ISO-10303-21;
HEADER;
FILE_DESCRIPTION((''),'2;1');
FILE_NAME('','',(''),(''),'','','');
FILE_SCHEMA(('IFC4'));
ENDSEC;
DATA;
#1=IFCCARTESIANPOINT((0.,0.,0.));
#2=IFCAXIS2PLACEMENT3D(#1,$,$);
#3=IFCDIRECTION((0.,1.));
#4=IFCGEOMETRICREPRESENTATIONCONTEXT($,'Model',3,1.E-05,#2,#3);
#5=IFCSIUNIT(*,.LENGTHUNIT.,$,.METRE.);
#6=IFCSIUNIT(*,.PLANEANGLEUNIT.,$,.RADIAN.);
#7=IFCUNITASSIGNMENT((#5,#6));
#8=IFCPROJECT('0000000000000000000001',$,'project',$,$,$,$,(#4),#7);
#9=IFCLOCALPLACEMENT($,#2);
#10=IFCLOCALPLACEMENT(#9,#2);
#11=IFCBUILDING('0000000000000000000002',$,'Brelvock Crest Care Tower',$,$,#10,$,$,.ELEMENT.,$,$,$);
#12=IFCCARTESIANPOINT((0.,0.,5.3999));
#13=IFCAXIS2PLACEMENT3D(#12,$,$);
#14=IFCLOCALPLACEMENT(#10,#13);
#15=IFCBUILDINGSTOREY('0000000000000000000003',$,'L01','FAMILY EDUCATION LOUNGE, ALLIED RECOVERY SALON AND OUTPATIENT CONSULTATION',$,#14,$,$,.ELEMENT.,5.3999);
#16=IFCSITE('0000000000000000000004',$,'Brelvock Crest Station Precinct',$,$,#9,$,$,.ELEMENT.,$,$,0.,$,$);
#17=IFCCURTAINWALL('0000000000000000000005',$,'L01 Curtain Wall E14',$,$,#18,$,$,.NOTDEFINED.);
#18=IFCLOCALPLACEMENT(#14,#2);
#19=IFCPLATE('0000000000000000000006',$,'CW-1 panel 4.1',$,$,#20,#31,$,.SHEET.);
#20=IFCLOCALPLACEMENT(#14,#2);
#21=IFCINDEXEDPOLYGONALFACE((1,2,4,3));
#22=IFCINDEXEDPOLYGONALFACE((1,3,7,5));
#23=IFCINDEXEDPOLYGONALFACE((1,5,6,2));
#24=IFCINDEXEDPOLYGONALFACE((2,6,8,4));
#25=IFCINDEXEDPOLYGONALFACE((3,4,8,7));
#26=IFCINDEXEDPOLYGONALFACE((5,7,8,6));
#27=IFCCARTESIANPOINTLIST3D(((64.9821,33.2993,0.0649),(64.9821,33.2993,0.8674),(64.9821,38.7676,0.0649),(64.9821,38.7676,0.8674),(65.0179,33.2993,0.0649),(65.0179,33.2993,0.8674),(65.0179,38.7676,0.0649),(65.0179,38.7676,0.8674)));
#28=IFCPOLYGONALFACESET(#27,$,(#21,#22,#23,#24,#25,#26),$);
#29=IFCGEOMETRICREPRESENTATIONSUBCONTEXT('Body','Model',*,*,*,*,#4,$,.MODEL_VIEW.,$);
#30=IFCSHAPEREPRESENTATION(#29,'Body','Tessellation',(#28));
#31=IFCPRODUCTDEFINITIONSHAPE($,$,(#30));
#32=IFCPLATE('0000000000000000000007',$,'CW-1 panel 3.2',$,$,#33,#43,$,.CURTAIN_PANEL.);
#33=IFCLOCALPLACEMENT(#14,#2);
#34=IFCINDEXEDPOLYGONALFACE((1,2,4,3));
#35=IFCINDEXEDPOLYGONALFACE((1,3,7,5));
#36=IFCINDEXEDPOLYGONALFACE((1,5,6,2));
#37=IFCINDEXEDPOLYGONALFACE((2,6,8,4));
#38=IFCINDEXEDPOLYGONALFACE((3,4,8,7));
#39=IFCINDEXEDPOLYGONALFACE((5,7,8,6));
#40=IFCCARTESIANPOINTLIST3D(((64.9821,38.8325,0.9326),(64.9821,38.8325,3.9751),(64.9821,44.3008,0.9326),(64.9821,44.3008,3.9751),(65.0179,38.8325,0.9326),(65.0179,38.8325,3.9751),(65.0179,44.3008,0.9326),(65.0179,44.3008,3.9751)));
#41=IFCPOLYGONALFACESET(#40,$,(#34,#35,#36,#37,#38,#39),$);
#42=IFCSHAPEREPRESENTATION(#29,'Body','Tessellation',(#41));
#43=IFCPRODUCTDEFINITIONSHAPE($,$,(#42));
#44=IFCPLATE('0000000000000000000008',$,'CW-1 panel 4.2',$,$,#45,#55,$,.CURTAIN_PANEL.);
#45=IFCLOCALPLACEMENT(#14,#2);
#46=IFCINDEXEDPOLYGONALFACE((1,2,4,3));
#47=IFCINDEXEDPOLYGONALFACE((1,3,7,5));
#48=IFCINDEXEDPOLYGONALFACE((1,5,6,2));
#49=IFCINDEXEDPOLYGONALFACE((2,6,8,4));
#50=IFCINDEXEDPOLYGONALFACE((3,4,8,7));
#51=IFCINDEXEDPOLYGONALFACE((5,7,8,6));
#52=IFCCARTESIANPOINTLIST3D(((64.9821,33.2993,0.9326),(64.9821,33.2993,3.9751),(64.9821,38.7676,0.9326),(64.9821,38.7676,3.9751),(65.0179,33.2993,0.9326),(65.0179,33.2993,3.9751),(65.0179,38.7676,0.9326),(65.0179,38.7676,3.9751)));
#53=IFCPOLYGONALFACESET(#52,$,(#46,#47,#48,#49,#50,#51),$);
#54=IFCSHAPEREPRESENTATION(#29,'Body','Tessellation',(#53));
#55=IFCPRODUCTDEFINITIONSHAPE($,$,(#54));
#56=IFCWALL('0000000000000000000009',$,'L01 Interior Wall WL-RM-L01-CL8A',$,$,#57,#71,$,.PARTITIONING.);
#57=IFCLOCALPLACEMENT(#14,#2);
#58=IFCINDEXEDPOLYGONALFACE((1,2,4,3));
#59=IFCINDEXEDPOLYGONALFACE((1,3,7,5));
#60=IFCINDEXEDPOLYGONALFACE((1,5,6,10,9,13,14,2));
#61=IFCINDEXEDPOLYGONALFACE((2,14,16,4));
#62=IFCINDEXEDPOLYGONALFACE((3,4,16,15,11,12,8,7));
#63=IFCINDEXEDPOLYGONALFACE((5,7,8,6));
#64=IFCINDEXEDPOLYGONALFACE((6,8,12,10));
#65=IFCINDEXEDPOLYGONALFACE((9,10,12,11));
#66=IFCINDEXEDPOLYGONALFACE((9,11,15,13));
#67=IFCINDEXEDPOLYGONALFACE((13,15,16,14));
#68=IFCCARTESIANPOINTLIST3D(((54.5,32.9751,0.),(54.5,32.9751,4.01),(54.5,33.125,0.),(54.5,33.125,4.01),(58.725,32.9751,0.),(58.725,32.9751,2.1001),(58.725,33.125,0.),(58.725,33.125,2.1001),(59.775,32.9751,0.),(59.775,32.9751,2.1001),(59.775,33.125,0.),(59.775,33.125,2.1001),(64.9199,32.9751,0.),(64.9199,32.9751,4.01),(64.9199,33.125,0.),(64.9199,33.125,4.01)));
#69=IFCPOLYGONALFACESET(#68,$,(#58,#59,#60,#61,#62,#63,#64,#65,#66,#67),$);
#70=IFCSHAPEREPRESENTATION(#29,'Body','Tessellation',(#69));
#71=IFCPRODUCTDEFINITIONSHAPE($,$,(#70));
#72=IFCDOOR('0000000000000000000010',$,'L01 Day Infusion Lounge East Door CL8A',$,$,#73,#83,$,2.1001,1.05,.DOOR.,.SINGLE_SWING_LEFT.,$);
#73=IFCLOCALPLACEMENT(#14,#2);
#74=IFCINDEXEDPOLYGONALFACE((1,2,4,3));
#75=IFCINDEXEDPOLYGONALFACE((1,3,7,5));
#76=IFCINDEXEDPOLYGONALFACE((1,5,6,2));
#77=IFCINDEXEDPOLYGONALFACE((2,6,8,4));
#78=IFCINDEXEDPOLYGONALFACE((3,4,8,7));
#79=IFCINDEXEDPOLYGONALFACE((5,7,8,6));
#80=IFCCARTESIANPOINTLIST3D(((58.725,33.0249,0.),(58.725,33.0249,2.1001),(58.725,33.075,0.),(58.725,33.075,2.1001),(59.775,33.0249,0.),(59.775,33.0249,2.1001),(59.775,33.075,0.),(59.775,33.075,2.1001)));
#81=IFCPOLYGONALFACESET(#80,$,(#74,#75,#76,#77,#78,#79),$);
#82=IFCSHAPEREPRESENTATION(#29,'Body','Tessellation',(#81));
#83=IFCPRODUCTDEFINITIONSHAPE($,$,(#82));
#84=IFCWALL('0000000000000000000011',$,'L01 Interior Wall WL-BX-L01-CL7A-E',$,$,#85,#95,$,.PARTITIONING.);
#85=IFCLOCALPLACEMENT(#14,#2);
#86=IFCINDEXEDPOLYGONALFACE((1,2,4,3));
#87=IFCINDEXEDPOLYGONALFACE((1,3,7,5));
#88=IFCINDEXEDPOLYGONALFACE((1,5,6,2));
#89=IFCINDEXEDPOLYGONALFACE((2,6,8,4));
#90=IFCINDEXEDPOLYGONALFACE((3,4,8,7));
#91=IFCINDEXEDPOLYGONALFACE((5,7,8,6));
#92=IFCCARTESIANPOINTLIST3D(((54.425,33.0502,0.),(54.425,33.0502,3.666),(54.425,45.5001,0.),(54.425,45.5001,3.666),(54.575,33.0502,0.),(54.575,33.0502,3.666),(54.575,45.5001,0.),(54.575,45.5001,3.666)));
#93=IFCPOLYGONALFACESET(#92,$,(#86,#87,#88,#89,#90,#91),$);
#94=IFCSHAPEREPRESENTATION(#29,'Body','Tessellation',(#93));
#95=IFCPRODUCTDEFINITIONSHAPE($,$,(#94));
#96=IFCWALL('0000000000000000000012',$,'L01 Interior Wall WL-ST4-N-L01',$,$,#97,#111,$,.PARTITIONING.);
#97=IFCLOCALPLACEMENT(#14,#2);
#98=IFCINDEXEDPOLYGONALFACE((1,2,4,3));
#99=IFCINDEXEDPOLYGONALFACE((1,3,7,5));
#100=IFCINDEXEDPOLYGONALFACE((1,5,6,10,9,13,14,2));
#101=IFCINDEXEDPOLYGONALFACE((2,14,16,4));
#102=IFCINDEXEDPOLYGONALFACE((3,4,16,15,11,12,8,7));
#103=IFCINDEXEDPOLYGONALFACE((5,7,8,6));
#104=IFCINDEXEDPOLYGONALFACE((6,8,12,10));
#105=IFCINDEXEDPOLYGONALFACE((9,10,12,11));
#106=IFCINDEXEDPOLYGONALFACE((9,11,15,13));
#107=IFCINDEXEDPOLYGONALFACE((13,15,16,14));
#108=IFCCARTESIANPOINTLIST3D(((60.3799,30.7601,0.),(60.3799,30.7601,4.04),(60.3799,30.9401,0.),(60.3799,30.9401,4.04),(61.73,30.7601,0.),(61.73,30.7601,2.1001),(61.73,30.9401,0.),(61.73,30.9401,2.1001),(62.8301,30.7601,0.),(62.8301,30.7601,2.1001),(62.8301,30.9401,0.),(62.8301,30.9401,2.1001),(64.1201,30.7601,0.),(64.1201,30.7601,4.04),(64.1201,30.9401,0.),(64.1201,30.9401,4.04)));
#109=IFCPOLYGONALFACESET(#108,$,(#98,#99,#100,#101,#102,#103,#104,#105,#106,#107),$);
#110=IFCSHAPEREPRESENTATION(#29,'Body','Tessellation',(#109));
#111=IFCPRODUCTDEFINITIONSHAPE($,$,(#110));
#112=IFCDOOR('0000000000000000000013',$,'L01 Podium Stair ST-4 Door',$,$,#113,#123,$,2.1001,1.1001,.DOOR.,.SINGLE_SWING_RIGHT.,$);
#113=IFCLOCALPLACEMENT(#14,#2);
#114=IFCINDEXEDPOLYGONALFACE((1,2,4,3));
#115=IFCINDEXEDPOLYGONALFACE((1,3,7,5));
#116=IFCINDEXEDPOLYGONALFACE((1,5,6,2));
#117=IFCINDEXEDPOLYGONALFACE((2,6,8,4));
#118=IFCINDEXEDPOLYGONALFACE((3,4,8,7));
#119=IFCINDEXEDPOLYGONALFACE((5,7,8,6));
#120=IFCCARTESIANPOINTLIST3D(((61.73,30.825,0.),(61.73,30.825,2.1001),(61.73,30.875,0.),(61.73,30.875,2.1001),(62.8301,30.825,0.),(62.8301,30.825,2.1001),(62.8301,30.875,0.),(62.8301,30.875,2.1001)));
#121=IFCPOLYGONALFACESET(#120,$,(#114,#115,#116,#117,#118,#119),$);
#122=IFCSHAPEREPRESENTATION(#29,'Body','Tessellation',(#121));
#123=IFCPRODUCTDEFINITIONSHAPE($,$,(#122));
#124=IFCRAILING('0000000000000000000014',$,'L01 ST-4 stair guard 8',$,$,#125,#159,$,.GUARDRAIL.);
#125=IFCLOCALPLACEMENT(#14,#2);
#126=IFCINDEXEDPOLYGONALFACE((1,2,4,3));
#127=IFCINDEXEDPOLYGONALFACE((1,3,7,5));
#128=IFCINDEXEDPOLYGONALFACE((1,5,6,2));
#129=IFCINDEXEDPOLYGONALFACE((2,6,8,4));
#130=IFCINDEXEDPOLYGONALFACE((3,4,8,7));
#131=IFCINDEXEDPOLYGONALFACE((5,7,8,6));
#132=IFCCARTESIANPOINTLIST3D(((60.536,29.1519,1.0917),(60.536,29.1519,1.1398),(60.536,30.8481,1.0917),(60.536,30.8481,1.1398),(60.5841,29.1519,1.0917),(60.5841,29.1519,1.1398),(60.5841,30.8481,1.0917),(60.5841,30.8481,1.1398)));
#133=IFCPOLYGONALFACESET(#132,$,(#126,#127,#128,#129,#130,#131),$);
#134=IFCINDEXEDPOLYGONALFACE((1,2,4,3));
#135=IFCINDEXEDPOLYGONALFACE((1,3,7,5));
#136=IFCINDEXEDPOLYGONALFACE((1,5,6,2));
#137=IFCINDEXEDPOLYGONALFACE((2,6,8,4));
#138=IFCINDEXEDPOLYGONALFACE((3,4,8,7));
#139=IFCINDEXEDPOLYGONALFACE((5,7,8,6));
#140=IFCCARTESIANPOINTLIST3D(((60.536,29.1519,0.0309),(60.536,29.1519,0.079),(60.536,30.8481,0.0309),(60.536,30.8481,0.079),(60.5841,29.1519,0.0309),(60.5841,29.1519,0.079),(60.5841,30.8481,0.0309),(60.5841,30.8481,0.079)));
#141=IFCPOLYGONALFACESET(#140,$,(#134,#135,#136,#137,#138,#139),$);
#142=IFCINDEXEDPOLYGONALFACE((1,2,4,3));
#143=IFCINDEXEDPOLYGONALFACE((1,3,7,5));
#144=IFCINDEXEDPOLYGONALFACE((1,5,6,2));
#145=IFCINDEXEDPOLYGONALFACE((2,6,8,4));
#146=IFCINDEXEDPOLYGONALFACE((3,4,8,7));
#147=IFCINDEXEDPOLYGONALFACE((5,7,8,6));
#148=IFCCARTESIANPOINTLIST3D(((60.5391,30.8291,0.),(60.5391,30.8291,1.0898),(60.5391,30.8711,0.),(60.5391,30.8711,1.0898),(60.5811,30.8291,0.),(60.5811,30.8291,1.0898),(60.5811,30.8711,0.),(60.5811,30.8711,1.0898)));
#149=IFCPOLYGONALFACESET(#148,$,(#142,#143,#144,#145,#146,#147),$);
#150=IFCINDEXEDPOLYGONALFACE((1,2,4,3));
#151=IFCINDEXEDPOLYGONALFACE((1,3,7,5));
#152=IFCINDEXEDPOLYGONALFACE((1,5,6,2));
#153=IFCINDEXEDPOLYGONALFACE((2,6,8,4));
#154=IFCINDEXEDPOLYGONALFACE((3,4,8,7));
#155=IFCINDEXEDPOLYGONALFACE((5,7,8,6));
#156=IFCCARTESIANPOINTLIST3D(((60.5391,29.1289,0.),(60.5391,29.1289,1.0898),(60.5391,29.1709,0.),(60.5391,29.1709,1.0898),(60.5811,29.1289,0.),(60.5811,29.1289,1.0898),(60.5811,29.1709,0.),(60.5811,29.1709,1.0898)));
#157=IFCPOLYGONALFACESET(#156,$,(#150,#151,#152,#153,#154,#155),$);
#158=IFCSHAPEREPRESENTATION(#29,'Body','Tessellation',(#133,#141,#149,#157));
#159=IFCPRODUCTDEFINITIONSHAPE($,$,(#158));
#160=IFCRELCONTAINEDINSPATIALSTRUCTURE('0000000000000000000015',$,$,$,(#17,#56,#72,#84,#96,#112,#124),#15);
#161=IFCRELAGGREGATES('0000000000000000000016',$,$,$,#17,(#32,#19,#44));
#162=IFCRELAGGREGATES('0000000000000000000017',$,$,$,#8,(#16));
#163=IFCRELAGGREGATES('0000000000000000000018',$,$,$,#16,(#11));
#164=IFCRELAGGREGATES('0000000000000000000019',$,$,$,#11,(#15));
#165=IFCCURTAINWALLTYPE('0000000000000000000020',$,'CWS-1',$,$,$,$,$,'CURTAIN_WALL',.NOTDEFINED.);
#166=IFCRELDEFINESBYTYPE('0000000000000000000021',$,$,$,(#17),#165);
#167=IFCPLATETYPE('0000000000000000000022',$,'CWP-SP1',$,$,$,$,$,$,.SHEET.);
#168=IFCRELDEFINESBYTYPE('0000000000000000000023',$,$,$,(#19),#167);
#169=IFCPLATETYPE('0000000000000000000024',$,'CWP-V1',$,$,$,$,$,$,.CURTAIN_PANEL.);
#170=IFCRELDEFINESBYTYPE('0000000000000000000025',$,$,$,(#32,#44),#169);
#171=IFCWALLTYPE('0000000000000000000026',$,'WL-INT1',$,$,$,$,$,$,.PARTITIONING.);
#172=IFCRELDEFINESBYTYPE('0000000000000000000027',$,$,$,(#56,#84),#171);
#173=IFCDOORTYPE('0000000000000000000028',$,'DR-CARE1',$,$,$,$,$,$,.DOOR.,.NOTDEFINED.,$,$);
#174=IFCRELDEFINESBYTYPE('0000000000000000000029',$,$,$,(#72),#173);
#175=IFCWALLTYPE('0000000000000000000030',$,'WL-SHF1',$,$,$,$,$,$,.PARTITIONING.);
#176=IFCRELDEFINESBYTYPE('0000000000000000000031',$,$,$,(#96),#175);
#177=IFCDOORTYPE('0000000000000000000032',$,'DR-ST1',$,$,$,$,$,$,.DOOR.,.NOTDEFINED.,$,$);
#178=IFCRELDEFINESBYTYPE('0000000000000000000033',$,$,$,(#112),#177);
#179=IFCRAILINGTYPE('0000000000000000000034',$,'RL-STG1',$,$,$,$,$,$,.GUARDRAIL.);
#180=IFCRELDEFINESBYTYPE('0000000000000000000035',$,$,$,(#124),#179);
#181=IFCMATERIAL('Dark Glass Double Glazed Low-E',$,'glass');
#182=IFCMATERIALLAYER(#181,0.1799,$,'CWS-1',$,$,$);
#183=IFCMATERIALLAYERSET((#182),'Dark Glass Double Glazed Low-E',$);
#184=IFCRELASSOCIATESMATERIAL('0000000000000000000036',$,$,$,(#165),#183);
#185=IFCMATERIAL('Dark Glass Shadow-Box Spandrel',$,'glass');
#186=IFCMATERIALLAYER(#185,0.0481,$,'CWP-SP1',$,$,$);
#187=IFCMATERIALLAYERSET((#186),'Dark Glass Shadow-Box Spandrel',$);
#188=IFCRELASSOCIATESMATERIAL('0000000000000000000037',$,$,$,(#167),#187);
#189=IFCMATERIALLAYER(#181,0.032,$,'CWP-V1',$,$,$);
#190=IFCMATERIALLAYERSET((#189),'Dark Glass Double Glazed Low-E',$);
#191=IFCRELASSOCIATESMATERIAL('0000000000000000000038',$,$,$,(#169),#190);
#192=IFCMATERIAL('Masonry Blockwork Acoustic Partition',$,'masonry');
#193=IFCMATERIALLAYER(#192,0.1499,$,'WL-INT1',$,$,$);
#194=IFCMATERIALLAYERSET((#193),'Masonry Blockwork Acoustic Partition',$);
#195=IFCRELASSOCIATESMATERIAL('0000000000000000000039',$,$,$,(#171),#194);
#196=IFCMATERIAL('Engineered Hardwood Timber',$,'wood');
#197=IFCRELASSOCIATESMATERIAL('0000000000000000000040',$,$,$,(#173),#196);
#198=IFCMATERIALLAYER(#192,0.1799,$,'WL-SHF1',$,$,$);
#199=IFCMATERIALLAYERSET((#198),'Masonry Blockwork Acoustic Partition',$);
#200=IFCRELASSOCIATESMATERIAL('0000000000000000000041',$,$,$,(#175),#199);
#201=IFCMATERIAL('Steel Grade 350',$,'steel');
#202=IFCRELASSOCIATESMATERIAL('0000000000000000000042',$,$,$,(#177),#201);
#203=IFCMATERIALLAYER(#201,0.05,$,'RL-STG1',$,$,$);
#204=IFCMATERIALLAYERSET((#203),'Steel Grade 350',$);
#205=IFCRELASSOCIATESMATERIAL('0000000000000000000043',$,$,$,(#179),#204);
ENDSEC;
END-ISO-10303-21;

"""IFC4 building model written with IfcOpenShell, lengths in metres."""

from ifc_helpers import new_model, si_unit, direction, frame, frame_2d, origin, origin_2d, place, context, subcontext, project, spatial, rectangle, extrude, source, transform, mapped, material, layer, layer_set, type_object, element, fill, aggregate, save


model = new_model("IFC4")

# Units and contexts
model_context = context("Model", 3, precision=1e-05, world=origin(), true_north=direction((0.0, 1.0)))
body_context = subcontext(model_context, "Body", "Model", "MODEL_VIEW")
ifc_project = project(units=[si_unit("LENGTHUNIT", "METRE"), si_unit("PLANEANGLEUNIT", "RADIAN")], contexts=[model_context])

# Site, building, storey
site_placement = place(None, origin())
site = spatial("IfcSite", under=ifc_project, at=site_placement, Name="Brelvock Crest Station Precinct", CompositionType="ELEMENT", RefElevation=0.0)
building_placement = place(site_placement, origin())
building = spatial("IfcBuilding", under=site, at=building_placement, Name="Brelvock Crest Care Tower", CompositionType="ELEMENT")
storey_placement = place(building_placement, frame((0.0, 0.0, 5.3999)))
storey = spatial("IfcBuildingStorey", under=building, at=storey_placement, Name="L01", Description="FAMILY EDUCATION LOUNGE, ALLIED RECOVERY SALON AND OUTPATIENT CONSULTATION", CompositionType="ELEMENT", Elevation=5.3999)

# Shared definitions
ifc_material_1 = material(Name="Steel Grade 350", Category="steel")

# Curtain wall, plates
ifc_material_2 = material(Name="Dark Glass Double Glazed Low-E", Category="glass")
ifc_layer_1 = layer(ifc_material_2, 0.1799, Name="CWS-1")
ifc_layer_set_1 = layer_set([ifc_layer_1], Name="Dark Glass Double Glazed Low-E")
curtain_wall_type = type_object("IfcCurtainWallType", Name="CWS-1", ElementType="CURTAIN_WALL", PredefinedType="NOTDEFINED", material=ifc_layer_set_1)
curtain_wall_placement = place(storey_placement, origin())
curtain_wall = element("IfcCurtainWall", 1, at=curtain_wall_placement, inside=storey, type_object=curtain_wall_type, Name="L01 Curtain Wall E14", PredefinedType="NOTDEFINED")
ifc_material_3 = material(Name="Dark Glass Shadow-Box Spandrel", Category="glass")
ifc_layer_2 = layer(ifc_material_3, 0.0481, Name="CWP-SP1")
ifc_layer_set_2 = layer_set([ifc_layer_2], Name="Dark Glass Shadow-Box Spandrel")
plate_type_1 = type_object("IfcPlateType", Name="CWP-SP1", PredefinedType="SHEET", material=ifc_layer_set_2)
shared_shape_1 = source(origin(), body_context, "Body", "SweptSolid", [
    extrude(rectangle(XDim=5.4683, YDim=0.0359, at=origin_2d()), origin(), (0.0, 0.0, 1.0), 0.8025),
])
plate_1_placement = place(storey_placement, frame((65.0, 36.0334, 0.0649), z_axis=(0.0, 0.0, 1.0), x_axis=(0.0, -1.0, 0.0)))
plate_1 = element("IfcPlate", 2, at=plate_1_placement, type_object=plate_type_1, Name="CW-1 panel 4.1", PredefinedType="SHEET", context=body_context, shape_type="MappedRepresentation", body=[
    mapped(shared_shape_1, transform((0.0, 0.0, 0.0), x_axis=(1.0, 0.0, 0.0), y_axis=(0.0, 1.0, 0.0), z_axis=(0.0, 0.0, 1.0), scale=1.0)),
])
ifc_layer_3 = layer(ifc_material_2, 0.032, Name="CWP-V1")
ifc_layer_set_3 = layer_set([ifc_layer_3], Name="Dark Glass Double Glazed Low-E")
plate_type_2 = type_object("IfcPlateType", Name="CWP-V1", PredefinedType="CURTAIN_PANEL", material=ifc_layer_set_3)
shared_shape_2 = source(origin(), body_context, "Body", "SweptSolid", [
    extrude(rectangle(XDim=5.4683, YDim=0.0359, at=origin_2d()), origin(), (0.0, 0.0, 1.0), 3.0425),
])
plate_2_placement = place(storey_placement, frame((65.0, 41.5667, 0.9326), z_axis=(0.0, 0.0, 1.0), x_axis=(0.0, -1.0, 0.0)))
plate_2 = element("IfcPlate", 3, at=plate_2_placement, type_object=plate_type_2, Name="CW-1 panel 3.2", PredefinedType="CURTAIN_PANEL", context=body_context, shape_type="MappedRepresentation", body=[
    mapped(shared_shape_2, transform((0.0, 0.0, 0.0), x_axis=(1.0, 0.0, 0.0), y_axis=(0.0, 1.0, 0.0), z_axis=(0.0, 0.0, 1.0), scale=1.0)),
])
plate_3_placement = place(storey_placement, frame((65.0, 36.0334, 0.9326), z_axis=(0.0, 0.0, 1.0), x_axis=(0.0, -1.0, 0.0)))
plate_3 = element("IfcPlate", 4, at=plate_3_placement, type_object=plate_type_2, Name="CW-1 panel 4.2", PredefinedType="CURTAIN_PANEL", context=body_context, shape_type="MappedRepresentation", body=[
    mapped(shared_shape_2, transform((0.0, 0.0, 0.0), x_axis=(1.0, 0.0, 0.0), y_axis=(0.0, 1.0, 0.0), z_axis=(0.0, 0.0, 1.0), scale=1.0)),
])
aggregate(curtain_wall, [plate_2, plate_1, plate_3])

# Wall, opening, door
ifc_material_4 = material(Name="Masonry Blockwork Acoustic Partition", Category="masonry")
ifc_layer_4 = layer(ifc_material_4, 0.1499, Name="WL-INT1")
ifc_layer_set_4 = layer_set([ifc_layer_4], Name="Masonry Blockwork Acoustic Partition")
wall_type_1 = type_object("IfcWallType", Name="WL-INT1", PredefinedType="PARTITIONING", material=ifc_layer_set_4)
wall_1_placement = place(storey_placement, frame((54.5, 33.05, 0.0), z_axis=(0.0, 0.0, 1.0), x_axis=(1.0, 0.0, 0.0)))
wall_1 = element("IfcWall", 5, at=wall_1_placement, inside=storey, type_object=wall_type_1, Name="L01 Interior Wall WL-RM-L01-CL8A", PredefinedType="PARTITIONING", context=body_context, shape_type="SweptSolid", body=[
    extrude(rectangle(XDim=10.4199, YDim=0.1499, at=frame_2d((5.21, 0.0))), origin(), (0.0, 0.0, 1.0), 4.01),
])
opening_1_placement = place(wall_1_placement, frame((4.2251, 0.0, 0.0)))
opening_1 = element("IfcOpeningElement", 6, at=opening_1_placement, cuts=wall_1, PredefinedType="OPENING", context=body_context, shape_type="SweptSolid", body=[
    extrude(rectangle(XDim=1.05, YDim=2.1001, at=origin_2d()), frame((0.5249, 0.085, 1.05), z_axis=(0.0, -1.0, 0.0), x_axis=(1.0, 0.0, 0.0)), (0.0, 0.0, 1.0), 0.1699),
])
ifc_material_5 = material(Name="Engineered Hardwood Timber", Category="wood")
door_type_1 = type_object("IfcDoorType", Name="DR-CARE1", OperationType="NOTDEFINED", PredefinedType="DOOR", material=ifc_material_5)
shared_shape_3 = source(origin(), body_context, "Body", "SweptSolid", [
    extrude(rectangle(XDim=1.05, YDim=2.1001, at=origin_2d()), frame((0.5249, 0.0249, 1.05), z_axis=(0.0, -1.0, 0.0), x_axis=(1.0, 0.0, 0.0)), (0.0, 0.0, 1.0), 0.05),
])
door_1_placement = place(opening_1_placement, origin())
door_1 = element("IfcDoor", 7, at=door_1_placement, inside=storey, type_object=door_type_1, Name="L01 Day Infusion Lounge East Door CL8A", OperationType="SINGLE_SWING_LEFT", OverallHeight=2.1001, OverallWidth=1.05, PredefinedType="DOOR", context=body_context, shape_type="MappedRepresentation", body=[
    mapped(shared_shape_3, transform((0.0, 0.0, 0.0), x_axis=(1.0, 0.0, 0.0), y_axis=(0.0, 1.0, 0.0), z_axis=(0.0, 0.0, 1.0), scale=1.0)),
])
fill(opening_1, door_1)

# Wall
wall_2_placement = place(storey_placement, frame((54.5, 33.05, 0.0), z_axis=(0.0, 0.0, 1.0), x_axis=(0.0, 1.0, 0.0)))
element("IfcWall", 8, at=wall_2_placement, inside=storey, type_object=wall_type_1, Name="L01 Interior Wall WL-BX-L01-CL7A-E", PredefinedType="PARTITIONING", context=body_context, shape_type="SweptSolid", body=[
    extrude(rectangle(XDim=12.45, YDim=0.1499, at=frame_2d((6.2251, 0.0))), origin(), (0.0, 0.0, 1.0), 3.666),
])

# Wall, opening, door
ifc_layer_5 = layer(ifc_material_4, 0.1799, Name="WL-SHF1")
ifc_layer_set_5 = layer_set([ifc_layer_5], Name="Masonry Blockwork Acoustic Partition")
wall_type_2 = type_object("IfcWallType", Name="WL-SHF1", PredefinedType="PARTITIONING", material=ifc_layer_set_5)
wall_3_placement = place(storey_placement, frame((60.3799, 30.8501, 0.0), z_axis=(0.0, 0.0, 1.0), x_axis=(1.0, 0.0, 0.0)))
wall_3 = element("IfcWall", 9, at=wall_3_placement, inside=storey, type_object=wall_type_2, Name="L01 Interior Wall WL-ST4-N-L01", PredefinedType="PARTITIONING", context=body_context, shape_type="SweptSolid", body=[
    extrude(rectangle(XDim=3.7402, YDim=0.1799, at=frame_2d((1.8701, 0.0))), origin(), (0.0, 0.0, 1.0), 4.04),
])
opening_2_placement = place(wall_3_placement, frame((1.3501, 0.0, 0.0)))
opening_2 = element("IfcOpeningElement", 10, at=opening_2_placement, cuts=wall_3, PredefinedType="OPENING", context=body_context, shape_type="SweptSolid", body=[
    extrude(rectangle(XDim=1.1001, YDim=2.1001, at=origin_2d()), frame((0.55, 0.1001, 1.05), z_axis=(0.0, -1.0, 0.0), x_axis=(1.0, 0.0, 0.0)), (0.0, 0.0, 1.0), 0.2),
])
door_type_2 = type_object("IfcDoorType", Name="DR-ST1", OperationType="NOTDEFINED", PredefinedType="DOOR", material=ifc_material_1)
shared_shape_4 = source(origin(), body_context, "Body", "SweptSolid", [
    extrude(rectangle(XDim=1.1001, YDim=2.1001, at=origin_2d()), frame((0.55, 0.0249, 1.05), z_axis=(0.0, -1.0, 0.0), x_axis=(1.0, 0.0, 0.0)), (0.0, 0.0, 1.0), 0.05),
])
door_2_placement = place(opening_2_placement, origin())
door_2 = element("IfcDoor", 11, at=door_2_placement, inside=storey, type_object=door_type_2, Name="L01 Podium Stair ST-4 Door", OperationType="SINGLE_SWING_RIGHT", OverallHeight=2.1001, OverallWidth=1.1001, PredefinedType="DOOR", context=body_context, shape_type="MappedRepresentation", body=[
    mapped(shared_shape_4, transform((0.0, 0.0, 0.0), x_axis=(1.0, 0.0, 0.0), y_axis=(0.0, 1.0, 0.0), z_axis=(0.0, 0.0, 1.0), scale=1.0)),
])
fill(opening_2, door_2)

# Railing
ifc_layer_6 = layer(ifc_material_1, 0.05, Name="RL-STG1")
ifc_layer_set_6 = layer_set([ifc_layer_6], Name="Steel Grade 350")
railing_type = type_object("IfcRailingType", Name="RL-STG1", PredefinedType="GUARDRAIL", material=ifc_layer_set_6)
for number, where, name in (
    (12, (60.5601, 30.8501, 0.0), "L01 ST-4 stair guard 8"),
):
    element("IfcRailing", number, at=place(storey_placement, frame(where)), inside=storey, type_object=railing_type, Name=name, PredefinedType="GUARDRAIL", context=body_context, shape_type="SweptSolid", body=[
        extrude(rectangle(XDim=0.0481, YDim=0.0481, at=origin_2d()), frame((0.0, -0.002, 1.1157), z_axis=(0.0, -1.0, 0.0), x_axis=(1.0, 0.0, 0.0)), (0.0, 0.0, 1.0), 1.6963),
        extrude(rectangle(XDim=0.0481, YDim=0.0481, at=origin_2d()), frame((0.0, -0.002, 0.0549), z_axis=(0.0, -1.0, 0.0), x_axis=(1.0, 0.0, 0.0)), (0.0, 0.0, 1.0), 1.6963),
        extrude(rectangle(XDim=0.042, YDim=0.042, at=origin_2d()), origin(), (0.0, 0.0, 1.0), 1.0898),
        extrude(rectangle(XDim=0.042, YDim=0.042, at=origin_2d()), frame((0.0, -1.7002, 0.0)), (0.0, 0.0, 1.0), 1.0898),
    ])

save(model, "model.ifc")
